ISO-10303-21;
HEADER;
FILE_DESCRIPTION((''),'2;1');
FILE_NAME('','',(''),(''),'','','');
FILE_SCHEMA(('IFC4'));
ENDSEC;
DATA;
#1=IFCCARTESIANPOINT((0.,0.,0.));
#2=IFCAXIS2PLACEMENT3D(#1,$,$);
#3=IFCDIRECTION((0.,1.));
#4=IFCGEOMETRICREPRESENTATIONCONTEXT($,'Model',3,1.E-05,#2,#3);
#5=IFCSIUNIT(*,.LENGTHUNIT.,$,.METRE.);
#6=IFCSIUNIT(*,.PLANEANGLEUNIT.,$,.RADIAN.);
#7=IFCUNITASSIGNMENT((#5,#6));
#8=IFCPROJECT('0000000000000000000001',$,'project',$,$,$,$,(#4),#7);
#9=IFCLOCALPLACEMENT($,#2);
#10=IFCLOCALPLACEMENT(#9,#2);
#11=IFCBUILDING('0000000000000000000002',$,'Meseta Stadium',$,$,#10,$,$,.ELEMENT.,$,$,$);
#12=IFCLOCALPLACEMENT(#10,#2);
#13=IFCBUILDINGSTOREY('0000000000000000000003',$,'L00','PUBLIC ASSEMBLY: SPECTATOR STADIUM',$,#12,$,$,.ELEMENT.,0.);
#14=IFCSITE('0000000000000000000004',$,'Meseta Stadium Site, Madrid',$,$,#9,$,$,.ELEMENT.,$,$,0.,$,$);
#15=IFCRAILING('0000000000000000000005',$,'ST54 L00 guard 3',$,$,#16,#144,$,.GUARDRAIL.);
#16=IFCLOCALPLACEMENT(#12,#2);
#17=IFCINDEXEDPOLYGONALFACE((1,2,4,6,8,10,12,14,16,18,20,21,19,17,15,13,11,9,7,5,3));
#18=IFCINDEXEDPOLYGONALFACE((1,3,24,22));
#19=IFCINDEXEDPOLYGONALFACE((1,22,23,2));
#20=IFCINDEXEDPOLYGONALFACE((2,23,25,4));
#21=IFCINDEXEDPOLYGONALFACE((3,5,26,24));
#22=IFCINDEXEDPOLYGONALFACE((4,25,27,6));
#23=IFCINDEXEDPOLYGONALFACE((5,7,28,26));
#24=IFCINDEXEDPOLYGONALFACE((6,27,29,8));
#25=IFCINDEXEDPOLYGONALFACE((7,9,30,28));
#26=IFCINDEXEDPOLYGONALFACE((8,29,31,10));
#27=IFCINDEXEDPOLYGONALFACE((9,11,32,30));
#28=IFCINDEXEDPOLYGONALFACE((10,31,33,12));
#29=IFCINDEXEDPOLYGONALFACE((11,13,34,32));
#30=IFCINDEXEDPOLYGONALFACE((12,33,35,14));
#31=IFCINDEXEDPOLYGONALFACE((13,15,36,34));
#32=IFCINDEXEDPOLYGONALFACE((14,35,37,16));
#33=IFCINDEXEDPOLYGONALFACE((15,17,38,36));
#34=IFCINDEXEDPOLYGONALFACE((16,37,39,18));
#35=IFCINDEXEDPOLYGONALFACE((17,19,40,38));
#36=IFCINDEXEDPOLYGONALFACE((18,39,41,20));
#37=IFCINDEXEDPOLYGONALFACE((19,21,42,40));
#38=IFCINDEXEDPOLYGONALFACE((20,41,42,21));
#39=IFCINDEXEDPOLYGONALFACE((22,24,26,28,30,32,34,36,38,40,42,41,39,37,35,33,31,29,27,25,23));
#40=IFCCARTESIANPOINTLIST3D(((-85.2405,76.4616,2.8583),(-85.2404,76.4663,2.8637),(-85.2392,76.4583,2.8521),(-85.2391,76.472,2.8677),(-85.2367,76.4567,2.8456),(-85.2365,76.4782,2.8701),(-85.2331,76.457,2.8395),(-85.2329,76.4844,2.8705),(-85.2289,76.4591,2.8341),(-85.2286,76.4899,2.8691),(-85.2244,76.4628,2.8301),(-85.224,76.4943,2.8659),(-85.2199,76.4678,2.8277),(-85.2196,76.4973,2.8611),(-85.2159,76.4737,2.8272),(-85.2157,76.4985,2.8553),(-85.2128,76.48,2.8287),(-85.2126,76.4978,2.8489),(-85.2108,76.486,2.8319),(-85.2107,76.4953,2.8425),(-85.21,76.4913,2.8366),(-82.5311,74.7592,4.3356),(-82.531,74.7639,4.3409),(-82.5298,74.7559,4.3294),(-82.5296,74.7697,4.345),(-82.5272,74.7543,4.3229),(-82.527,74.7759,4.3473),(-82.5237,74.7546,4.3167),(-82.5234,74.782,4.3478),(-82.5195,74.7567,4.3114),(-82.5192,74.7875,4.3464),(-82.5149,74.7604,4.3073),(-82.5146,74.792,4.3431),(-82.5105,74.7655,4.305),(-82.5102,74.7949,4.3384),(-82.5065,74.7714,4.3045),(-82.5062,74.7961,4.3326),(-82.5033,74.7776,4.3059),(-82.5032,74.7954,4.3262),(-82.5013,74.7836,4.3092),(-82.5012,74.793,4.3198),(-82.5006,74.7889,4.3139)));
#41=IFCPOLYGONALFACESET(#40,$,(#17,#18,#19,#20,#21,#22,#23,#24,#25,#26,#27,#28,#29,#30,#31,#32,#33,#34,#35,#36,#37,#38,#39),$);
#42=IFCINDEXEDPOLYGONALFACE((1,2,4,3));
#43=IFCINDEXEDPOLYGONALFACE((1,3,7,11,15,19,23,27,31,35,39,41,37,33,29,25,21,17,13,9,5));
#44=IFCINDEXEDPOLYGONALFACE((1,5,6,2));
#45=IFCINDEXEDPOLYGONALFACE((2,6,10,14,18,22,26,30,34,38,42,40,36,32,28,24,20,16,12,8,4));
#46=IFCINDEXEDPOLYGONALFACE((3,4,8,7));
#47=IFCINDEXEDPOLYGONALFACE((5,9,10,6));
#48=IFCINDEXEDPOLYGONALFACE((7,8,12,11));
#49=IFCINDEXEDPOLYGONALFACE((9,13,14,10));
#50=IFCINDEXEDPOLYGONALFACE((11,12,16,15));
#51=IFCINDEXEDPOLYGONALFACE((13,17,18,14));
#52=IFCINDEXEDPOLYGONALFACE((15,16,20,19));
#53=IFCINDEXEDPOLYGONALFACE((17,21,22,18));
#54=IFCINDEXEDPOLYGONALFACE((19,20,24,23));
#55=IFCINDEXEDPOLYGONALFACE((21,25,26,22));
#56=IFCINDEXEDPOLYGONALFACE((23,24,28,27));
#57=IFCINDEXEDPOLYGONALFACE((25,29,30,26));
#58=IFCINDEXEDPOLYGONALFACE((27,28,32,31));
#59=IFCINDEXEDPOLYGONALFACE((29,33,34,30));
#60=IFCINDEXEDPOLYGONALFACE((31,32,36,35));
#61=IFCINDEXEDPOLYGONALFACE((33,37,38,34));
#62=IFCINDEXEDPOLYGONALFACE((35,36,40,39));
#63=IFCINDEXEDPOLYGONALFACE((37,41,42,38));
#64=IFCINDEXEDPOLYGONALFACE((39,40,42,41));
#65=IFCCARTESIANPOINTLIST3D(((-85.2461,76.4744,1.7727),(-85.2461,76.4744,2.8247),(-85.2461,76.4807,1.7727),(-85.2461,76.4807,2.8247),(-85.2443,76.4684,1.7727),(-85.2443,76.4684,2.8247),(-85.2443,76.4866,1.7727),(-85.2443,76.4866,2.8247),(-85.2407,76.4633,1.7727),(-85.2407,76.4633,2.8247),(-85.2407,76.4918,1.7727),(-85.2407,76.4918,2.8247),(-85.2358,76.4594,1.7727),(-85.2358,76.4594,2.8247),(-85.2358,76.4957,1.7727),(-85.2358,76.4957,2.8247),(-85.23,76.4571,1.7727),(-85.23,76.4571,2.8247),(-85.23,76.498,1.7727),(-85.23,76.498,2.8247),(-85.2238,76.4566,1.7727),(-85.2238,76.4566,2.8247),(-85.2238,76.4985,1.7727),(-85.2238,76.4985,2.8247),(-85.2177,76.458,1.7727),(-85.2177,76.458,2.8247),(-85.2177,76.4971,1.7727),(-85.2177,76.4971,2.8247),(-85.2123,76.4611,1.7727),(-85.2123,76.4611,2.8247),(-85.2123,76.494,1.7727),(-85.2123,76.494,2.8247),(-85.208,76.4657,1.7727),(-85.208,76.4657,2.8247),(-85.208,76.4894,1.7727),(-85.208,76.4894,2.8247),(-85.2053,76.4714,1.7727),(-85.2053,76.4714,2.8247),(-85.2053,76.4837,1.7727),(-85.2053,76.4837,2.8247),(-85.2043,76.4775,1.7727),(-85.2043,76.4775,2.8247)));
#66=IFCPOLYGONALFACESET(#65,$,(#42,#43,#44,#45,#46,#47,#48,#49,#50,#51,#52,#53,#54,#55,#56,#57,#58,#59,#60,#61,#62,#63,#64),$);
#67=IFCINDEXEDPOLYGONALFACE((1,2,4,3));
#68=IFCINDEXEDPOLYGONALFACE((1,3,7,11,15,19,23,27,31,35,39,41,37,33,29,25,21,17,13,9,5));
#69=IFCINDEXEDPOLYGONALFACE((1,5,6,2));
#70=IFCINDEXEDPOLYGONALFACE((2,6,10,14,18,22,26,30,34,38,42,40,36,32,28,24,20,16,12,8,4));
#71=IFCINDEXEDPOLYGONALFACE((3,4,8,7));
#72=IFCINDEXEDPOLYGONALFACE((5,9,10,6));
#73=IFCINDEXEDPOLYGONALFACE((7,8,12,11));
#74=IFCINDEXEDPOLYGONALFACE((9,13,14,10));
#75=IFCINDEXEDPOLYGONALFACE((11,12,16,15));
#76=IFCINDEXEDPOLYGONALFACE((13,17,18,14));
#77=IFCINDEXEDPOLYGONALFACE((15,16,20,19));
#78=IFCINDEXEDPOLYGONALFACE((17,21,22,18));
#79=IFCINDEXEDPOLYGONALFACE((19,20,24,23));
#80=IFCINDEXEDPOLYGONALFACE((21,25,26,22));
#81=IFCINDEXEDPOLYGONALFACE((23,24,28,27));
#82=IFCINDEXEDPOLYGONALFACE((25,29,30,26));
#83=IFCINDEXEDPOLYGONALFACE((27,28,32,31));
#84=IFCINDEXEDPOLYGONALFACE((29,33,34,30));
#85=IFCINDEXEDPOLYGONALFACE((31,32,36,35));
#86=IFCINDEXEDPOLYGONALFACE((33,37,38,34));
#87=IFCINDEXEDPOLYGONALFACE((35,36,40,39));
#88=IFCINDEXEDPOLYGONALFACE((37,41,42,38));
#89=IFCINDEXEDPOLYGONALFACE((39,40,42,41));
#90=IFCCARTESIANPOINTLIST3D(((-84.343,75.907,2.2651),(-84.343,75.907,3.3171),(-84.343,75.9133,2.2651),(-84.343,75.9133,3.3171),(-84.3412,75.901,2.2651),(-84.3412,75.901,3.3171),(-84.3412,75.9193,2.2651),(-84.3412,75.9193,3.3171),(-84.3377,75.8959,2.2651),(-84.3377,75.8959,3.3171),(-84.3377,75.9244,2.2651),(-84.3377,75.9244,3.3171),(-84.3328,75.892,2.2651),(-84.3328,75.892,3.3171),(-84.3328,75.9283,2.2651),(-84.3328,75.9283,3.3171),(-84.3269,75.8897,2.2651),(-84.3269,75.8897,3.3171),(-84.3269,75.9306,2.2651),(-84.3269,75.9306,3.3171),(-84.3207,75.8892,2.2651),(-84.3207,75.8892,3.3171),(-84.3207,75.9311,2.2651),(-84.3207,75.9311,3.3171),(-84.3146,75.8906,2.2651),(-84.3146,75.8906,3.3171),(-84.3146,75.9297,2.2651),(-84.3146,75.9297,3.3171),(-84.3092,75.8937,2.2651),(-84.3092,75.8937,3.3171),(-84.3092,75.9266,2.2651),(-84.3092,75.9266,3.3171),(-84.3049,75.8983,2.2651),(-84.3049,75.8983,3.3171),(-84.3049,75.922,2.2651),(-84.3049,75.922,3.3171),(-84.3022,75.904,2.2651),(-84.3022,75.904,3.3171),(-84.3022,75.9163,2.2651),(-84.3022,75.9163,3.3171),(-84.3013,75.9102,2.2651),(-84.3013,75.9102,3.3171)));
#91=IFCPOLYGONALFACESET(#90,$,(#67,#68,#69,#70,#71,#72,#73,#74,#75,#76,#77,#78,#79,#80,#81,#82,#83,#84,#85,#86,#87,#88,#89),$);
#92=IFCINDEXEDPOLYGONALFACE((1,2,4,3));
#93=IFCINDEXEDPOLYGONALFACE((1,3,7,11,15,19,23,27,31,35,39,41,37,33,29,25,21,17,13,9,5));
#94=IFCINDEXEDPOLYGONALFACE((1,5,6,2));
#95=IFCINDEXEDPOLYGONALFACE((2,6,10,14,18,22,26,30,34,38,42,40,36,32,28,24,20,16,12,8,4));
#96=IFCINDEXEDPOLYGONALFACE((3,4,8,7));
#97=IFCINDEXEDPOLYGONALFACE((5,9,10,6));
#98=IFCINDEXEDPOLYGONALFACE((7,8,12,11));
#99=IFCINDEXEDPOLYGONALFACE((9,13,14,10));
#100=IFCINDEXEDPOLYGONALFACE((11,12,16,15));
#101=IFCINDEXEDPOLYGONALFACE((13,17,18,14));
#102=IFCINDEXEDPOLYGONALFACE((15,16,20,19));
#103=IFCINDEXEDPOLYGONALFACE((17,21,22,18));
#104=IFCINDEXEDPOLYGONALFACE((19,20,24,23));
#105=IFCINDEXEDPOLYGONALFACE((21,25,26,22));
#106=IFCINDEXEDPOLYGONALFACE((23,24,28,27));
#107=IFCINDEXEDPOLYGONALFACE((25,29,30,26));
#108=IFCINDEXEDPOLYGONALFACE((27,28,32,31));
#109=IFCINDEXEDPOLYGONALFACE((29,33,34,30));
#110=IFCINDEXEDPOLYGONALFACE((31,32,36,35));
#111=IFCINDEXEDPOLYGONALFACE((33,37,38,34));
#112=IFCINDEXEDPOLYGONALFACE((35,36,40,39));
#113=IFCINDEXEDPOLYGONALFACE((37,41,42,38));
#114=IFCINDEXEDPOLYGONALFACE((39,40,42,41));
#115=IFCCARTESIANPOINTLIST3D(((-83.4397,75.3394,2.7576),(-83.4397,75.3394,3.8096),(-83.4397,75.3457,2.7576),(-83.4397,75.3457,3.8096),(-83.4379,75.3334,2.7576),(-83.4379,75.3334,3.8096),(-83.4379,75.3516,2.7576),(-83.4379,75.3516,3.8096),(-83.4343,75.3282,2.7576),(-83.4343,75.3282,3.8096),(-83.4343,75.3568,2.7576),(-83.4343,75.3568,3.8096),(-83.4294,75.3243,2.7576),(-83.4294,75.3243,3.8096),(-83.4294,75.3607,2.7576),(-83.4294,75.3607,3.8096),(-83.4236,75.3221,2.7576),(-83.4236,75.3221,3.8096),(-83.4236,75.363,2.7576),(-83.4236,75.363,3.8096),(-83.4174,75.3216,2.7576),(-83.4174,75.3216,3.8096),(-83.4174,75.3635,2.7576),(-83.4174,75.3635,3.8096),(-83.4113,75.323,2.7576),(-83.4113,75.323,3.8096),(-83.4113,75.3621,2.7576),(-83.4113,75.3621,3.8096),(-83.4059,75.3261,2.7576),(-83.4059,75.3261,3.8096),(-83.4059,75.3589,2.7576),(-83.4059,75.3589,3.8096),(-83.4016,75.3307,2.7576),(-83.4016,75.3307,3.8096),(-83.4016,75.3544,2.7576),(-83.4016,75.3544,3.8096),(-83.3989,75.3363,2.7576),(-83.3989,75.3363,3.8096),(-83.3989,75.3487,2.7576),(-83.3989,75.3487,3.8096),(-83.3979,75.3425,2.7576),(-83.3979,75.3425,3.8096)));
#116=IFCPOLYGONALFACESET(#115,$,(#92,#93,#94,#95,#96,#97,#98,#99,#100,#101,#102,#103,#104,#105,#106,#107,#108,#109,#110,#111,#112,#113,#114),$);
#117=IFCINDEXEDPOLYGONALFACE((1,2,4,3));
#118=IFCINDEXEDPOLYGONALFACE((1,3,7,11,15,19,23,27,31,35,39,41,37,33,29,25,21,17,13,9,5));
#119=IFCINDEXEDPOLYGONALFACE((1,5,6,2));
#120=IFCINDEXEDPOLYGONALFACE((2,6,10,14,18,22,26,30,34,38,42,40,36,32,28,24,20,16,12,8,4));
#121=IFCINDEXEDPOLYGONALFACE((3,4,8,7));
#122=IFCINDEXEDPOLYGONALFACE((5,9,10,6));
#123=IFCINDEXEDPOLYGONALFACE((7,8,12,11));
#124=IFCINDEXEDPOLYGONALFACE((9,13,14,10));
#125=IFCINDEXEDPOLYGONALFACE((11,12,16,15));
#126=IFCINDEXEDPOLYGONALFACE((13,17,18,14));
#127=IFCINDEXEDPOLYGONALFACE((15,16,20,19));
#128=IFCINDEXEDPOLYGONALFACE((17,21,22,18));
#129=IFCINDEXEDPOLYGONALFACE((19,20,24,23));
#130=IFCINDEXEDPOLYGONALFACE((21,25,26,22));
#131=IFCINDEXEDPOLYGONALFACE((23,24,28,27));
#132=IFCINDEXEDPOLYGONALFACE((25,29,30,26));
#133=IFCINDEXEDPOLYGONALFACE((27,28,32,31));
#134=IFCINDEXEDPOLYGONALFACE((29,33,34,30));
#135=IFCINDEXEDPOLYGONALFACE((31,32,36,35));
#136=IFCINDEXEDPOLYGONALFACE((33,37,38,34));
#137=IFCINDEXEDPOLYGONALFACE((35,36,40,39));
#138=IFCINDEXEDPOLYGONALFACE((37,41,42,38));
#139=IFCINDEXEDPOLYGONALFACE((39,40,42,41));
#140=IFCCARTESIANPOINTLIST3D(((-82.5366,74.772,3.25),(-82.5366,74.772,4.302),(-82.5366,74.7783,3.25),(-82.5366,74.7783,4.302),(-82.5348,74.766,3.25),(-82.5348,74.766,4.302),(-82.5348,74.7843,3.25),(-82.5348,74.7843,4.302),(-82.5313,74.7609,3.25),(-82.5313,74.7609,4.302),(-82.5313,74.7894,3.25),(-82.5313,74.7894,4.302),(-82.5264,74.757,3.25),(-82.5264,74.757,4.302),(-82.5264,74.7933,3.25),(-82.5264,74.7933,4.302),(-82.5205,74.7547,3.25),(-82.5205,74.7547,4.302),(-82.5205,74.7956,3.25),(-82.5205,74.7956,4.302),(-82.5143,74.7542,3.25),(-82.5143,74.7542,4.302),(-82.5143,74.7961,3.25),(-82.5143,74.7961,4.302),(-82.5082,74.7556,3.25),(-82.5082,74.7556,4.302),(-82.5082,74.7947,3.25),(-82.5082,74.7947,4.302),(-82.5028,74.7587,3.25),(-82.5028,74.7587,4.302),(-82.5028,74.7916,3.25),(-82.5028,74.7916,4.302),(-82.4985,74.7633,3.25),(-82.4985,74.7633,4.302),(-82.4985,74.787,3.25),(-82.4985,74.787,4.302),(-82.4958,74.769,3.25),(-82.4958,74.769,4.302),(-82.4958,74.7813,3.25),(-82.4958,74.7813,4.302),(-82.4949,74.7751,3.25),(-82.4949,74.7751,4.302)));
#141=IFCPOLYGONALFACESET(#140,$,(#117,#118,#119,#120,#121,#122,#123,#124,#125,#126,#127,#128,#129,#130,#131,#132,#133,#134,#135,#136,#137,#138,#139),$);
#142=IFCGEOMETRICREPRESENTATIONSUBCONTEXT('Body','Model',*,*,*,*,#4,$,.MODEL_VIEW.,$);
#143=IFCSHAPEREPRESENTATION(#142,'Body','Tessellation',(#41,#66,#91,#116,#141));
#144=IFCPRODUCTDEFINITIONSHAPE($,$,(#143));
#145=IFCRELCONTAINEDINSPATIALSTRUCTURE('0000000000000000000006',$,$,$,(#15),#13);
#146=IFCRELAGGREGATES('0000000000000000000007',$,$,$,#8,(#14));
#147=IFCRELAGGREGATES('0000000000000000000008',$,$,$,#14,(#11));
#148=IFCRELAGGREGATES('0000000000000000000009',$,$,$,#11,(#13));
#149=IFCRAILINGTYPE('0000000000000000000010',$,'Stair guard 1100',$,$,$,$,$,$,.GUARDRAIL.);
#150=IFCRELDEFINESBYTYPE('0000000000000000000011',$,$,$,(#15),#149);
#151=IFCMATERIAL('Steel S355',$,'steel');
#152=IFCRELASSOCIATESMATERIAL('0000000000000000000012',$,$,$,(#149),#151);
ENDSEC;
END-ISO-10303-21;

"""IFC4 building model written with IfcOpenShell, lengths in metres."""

from ifc_helpers import new_model, si_unit, direction, frame, origin, origin_2d, place, context, subcontext, project, spatial, circle, extrude, material, type_object, element, save


model = new_model("IFC4")

# Units and contexts
model_context = context("Model", 3, precision=1e-05, world=origin(), true_north=direction((0.0, 1.0)))
body_context = subcontext(model_context, "Body", "Model", "MODEL_VIEW")
ifc_project = project(units=[si_unit("LENGTHUNIT", "METRE"), si_unit("PLANEANGLEUNIT", "RADIAN")], contexts=[model_context])

# Site, building, storey
site_placement = place(None, origin())
site = spatial("IfcSite", under=ifc_project, at=site_placement, Name="Meseta Stadium Site, Madrid", CompositionType="ELEMENT", RefElevation=0.0)
building_placement = place(site_placement, origin())
building = spatial("IfcBuilding", under=site, at=building_placement, Name="Meseta Stadium", CompositionType="ELEMENT")
storey_placement = place(building_placement, origin())
storey = spatial("IfcBuildingStorey", under=building, at=storey_placement, Name="L00", Description="PUBLIC ASSEMBLY: SPECTATOR STADIUM", CompositionType="ELEMENT", Elevation=0.0)

# Railing
ifc_material_1 = material(Name="Steel S355", Category="steel")
railing_type_1 = type_object("IfcRailingType", Name="Stair guard 1100", PredefinedType="GUARDRAIL", material=ifc_material_1)
railing_1_placement = place(storey_placement, frame((-85.2253, 76.4775, 1.7727)))
element("IfcRailing", 1, at=railing_1_placement, inside=storey, type_object=railing_type_1, Name="ST54 L00 guard 3", PredefinedType="GUARDRAIL", context=body_context, shape_type="SweptSolid", body=[
    extrude(circle(Radius=0.0239, at=origin_2d()), frame((0.0, 0.0, 1.0762), z_axis=(0.768764, -0.483023, 0.419156), x_axis=(0.532014, 0.846736, 0.0)), (0.0, 0.0, 1.0), 3.5244),
    extrude(circle(Radius=0.021, at=origin_2d()), origin(), (0.0, 0.0, 1.0), 1.052),
    extrude(circle(Radius=0.021, at=origin_2d()), frame((0.9031, -0.5674, 0.4924)), (0.0, 0.0, 1.0), 1.052),
    extrude(circle(Radius=0.021, at=origin_2d()), frame((1.8064, -1.135, 0.9849)), (0.0, 0.0, 1.0), 1.052),
    extrude(circle(Radius=0.021, at=origin_2d()), frame((2.7095, -1.7024, 1.4773)), (0.0, 0.0, 1.0), 1.052),
])

save(model, "model.ifc")
